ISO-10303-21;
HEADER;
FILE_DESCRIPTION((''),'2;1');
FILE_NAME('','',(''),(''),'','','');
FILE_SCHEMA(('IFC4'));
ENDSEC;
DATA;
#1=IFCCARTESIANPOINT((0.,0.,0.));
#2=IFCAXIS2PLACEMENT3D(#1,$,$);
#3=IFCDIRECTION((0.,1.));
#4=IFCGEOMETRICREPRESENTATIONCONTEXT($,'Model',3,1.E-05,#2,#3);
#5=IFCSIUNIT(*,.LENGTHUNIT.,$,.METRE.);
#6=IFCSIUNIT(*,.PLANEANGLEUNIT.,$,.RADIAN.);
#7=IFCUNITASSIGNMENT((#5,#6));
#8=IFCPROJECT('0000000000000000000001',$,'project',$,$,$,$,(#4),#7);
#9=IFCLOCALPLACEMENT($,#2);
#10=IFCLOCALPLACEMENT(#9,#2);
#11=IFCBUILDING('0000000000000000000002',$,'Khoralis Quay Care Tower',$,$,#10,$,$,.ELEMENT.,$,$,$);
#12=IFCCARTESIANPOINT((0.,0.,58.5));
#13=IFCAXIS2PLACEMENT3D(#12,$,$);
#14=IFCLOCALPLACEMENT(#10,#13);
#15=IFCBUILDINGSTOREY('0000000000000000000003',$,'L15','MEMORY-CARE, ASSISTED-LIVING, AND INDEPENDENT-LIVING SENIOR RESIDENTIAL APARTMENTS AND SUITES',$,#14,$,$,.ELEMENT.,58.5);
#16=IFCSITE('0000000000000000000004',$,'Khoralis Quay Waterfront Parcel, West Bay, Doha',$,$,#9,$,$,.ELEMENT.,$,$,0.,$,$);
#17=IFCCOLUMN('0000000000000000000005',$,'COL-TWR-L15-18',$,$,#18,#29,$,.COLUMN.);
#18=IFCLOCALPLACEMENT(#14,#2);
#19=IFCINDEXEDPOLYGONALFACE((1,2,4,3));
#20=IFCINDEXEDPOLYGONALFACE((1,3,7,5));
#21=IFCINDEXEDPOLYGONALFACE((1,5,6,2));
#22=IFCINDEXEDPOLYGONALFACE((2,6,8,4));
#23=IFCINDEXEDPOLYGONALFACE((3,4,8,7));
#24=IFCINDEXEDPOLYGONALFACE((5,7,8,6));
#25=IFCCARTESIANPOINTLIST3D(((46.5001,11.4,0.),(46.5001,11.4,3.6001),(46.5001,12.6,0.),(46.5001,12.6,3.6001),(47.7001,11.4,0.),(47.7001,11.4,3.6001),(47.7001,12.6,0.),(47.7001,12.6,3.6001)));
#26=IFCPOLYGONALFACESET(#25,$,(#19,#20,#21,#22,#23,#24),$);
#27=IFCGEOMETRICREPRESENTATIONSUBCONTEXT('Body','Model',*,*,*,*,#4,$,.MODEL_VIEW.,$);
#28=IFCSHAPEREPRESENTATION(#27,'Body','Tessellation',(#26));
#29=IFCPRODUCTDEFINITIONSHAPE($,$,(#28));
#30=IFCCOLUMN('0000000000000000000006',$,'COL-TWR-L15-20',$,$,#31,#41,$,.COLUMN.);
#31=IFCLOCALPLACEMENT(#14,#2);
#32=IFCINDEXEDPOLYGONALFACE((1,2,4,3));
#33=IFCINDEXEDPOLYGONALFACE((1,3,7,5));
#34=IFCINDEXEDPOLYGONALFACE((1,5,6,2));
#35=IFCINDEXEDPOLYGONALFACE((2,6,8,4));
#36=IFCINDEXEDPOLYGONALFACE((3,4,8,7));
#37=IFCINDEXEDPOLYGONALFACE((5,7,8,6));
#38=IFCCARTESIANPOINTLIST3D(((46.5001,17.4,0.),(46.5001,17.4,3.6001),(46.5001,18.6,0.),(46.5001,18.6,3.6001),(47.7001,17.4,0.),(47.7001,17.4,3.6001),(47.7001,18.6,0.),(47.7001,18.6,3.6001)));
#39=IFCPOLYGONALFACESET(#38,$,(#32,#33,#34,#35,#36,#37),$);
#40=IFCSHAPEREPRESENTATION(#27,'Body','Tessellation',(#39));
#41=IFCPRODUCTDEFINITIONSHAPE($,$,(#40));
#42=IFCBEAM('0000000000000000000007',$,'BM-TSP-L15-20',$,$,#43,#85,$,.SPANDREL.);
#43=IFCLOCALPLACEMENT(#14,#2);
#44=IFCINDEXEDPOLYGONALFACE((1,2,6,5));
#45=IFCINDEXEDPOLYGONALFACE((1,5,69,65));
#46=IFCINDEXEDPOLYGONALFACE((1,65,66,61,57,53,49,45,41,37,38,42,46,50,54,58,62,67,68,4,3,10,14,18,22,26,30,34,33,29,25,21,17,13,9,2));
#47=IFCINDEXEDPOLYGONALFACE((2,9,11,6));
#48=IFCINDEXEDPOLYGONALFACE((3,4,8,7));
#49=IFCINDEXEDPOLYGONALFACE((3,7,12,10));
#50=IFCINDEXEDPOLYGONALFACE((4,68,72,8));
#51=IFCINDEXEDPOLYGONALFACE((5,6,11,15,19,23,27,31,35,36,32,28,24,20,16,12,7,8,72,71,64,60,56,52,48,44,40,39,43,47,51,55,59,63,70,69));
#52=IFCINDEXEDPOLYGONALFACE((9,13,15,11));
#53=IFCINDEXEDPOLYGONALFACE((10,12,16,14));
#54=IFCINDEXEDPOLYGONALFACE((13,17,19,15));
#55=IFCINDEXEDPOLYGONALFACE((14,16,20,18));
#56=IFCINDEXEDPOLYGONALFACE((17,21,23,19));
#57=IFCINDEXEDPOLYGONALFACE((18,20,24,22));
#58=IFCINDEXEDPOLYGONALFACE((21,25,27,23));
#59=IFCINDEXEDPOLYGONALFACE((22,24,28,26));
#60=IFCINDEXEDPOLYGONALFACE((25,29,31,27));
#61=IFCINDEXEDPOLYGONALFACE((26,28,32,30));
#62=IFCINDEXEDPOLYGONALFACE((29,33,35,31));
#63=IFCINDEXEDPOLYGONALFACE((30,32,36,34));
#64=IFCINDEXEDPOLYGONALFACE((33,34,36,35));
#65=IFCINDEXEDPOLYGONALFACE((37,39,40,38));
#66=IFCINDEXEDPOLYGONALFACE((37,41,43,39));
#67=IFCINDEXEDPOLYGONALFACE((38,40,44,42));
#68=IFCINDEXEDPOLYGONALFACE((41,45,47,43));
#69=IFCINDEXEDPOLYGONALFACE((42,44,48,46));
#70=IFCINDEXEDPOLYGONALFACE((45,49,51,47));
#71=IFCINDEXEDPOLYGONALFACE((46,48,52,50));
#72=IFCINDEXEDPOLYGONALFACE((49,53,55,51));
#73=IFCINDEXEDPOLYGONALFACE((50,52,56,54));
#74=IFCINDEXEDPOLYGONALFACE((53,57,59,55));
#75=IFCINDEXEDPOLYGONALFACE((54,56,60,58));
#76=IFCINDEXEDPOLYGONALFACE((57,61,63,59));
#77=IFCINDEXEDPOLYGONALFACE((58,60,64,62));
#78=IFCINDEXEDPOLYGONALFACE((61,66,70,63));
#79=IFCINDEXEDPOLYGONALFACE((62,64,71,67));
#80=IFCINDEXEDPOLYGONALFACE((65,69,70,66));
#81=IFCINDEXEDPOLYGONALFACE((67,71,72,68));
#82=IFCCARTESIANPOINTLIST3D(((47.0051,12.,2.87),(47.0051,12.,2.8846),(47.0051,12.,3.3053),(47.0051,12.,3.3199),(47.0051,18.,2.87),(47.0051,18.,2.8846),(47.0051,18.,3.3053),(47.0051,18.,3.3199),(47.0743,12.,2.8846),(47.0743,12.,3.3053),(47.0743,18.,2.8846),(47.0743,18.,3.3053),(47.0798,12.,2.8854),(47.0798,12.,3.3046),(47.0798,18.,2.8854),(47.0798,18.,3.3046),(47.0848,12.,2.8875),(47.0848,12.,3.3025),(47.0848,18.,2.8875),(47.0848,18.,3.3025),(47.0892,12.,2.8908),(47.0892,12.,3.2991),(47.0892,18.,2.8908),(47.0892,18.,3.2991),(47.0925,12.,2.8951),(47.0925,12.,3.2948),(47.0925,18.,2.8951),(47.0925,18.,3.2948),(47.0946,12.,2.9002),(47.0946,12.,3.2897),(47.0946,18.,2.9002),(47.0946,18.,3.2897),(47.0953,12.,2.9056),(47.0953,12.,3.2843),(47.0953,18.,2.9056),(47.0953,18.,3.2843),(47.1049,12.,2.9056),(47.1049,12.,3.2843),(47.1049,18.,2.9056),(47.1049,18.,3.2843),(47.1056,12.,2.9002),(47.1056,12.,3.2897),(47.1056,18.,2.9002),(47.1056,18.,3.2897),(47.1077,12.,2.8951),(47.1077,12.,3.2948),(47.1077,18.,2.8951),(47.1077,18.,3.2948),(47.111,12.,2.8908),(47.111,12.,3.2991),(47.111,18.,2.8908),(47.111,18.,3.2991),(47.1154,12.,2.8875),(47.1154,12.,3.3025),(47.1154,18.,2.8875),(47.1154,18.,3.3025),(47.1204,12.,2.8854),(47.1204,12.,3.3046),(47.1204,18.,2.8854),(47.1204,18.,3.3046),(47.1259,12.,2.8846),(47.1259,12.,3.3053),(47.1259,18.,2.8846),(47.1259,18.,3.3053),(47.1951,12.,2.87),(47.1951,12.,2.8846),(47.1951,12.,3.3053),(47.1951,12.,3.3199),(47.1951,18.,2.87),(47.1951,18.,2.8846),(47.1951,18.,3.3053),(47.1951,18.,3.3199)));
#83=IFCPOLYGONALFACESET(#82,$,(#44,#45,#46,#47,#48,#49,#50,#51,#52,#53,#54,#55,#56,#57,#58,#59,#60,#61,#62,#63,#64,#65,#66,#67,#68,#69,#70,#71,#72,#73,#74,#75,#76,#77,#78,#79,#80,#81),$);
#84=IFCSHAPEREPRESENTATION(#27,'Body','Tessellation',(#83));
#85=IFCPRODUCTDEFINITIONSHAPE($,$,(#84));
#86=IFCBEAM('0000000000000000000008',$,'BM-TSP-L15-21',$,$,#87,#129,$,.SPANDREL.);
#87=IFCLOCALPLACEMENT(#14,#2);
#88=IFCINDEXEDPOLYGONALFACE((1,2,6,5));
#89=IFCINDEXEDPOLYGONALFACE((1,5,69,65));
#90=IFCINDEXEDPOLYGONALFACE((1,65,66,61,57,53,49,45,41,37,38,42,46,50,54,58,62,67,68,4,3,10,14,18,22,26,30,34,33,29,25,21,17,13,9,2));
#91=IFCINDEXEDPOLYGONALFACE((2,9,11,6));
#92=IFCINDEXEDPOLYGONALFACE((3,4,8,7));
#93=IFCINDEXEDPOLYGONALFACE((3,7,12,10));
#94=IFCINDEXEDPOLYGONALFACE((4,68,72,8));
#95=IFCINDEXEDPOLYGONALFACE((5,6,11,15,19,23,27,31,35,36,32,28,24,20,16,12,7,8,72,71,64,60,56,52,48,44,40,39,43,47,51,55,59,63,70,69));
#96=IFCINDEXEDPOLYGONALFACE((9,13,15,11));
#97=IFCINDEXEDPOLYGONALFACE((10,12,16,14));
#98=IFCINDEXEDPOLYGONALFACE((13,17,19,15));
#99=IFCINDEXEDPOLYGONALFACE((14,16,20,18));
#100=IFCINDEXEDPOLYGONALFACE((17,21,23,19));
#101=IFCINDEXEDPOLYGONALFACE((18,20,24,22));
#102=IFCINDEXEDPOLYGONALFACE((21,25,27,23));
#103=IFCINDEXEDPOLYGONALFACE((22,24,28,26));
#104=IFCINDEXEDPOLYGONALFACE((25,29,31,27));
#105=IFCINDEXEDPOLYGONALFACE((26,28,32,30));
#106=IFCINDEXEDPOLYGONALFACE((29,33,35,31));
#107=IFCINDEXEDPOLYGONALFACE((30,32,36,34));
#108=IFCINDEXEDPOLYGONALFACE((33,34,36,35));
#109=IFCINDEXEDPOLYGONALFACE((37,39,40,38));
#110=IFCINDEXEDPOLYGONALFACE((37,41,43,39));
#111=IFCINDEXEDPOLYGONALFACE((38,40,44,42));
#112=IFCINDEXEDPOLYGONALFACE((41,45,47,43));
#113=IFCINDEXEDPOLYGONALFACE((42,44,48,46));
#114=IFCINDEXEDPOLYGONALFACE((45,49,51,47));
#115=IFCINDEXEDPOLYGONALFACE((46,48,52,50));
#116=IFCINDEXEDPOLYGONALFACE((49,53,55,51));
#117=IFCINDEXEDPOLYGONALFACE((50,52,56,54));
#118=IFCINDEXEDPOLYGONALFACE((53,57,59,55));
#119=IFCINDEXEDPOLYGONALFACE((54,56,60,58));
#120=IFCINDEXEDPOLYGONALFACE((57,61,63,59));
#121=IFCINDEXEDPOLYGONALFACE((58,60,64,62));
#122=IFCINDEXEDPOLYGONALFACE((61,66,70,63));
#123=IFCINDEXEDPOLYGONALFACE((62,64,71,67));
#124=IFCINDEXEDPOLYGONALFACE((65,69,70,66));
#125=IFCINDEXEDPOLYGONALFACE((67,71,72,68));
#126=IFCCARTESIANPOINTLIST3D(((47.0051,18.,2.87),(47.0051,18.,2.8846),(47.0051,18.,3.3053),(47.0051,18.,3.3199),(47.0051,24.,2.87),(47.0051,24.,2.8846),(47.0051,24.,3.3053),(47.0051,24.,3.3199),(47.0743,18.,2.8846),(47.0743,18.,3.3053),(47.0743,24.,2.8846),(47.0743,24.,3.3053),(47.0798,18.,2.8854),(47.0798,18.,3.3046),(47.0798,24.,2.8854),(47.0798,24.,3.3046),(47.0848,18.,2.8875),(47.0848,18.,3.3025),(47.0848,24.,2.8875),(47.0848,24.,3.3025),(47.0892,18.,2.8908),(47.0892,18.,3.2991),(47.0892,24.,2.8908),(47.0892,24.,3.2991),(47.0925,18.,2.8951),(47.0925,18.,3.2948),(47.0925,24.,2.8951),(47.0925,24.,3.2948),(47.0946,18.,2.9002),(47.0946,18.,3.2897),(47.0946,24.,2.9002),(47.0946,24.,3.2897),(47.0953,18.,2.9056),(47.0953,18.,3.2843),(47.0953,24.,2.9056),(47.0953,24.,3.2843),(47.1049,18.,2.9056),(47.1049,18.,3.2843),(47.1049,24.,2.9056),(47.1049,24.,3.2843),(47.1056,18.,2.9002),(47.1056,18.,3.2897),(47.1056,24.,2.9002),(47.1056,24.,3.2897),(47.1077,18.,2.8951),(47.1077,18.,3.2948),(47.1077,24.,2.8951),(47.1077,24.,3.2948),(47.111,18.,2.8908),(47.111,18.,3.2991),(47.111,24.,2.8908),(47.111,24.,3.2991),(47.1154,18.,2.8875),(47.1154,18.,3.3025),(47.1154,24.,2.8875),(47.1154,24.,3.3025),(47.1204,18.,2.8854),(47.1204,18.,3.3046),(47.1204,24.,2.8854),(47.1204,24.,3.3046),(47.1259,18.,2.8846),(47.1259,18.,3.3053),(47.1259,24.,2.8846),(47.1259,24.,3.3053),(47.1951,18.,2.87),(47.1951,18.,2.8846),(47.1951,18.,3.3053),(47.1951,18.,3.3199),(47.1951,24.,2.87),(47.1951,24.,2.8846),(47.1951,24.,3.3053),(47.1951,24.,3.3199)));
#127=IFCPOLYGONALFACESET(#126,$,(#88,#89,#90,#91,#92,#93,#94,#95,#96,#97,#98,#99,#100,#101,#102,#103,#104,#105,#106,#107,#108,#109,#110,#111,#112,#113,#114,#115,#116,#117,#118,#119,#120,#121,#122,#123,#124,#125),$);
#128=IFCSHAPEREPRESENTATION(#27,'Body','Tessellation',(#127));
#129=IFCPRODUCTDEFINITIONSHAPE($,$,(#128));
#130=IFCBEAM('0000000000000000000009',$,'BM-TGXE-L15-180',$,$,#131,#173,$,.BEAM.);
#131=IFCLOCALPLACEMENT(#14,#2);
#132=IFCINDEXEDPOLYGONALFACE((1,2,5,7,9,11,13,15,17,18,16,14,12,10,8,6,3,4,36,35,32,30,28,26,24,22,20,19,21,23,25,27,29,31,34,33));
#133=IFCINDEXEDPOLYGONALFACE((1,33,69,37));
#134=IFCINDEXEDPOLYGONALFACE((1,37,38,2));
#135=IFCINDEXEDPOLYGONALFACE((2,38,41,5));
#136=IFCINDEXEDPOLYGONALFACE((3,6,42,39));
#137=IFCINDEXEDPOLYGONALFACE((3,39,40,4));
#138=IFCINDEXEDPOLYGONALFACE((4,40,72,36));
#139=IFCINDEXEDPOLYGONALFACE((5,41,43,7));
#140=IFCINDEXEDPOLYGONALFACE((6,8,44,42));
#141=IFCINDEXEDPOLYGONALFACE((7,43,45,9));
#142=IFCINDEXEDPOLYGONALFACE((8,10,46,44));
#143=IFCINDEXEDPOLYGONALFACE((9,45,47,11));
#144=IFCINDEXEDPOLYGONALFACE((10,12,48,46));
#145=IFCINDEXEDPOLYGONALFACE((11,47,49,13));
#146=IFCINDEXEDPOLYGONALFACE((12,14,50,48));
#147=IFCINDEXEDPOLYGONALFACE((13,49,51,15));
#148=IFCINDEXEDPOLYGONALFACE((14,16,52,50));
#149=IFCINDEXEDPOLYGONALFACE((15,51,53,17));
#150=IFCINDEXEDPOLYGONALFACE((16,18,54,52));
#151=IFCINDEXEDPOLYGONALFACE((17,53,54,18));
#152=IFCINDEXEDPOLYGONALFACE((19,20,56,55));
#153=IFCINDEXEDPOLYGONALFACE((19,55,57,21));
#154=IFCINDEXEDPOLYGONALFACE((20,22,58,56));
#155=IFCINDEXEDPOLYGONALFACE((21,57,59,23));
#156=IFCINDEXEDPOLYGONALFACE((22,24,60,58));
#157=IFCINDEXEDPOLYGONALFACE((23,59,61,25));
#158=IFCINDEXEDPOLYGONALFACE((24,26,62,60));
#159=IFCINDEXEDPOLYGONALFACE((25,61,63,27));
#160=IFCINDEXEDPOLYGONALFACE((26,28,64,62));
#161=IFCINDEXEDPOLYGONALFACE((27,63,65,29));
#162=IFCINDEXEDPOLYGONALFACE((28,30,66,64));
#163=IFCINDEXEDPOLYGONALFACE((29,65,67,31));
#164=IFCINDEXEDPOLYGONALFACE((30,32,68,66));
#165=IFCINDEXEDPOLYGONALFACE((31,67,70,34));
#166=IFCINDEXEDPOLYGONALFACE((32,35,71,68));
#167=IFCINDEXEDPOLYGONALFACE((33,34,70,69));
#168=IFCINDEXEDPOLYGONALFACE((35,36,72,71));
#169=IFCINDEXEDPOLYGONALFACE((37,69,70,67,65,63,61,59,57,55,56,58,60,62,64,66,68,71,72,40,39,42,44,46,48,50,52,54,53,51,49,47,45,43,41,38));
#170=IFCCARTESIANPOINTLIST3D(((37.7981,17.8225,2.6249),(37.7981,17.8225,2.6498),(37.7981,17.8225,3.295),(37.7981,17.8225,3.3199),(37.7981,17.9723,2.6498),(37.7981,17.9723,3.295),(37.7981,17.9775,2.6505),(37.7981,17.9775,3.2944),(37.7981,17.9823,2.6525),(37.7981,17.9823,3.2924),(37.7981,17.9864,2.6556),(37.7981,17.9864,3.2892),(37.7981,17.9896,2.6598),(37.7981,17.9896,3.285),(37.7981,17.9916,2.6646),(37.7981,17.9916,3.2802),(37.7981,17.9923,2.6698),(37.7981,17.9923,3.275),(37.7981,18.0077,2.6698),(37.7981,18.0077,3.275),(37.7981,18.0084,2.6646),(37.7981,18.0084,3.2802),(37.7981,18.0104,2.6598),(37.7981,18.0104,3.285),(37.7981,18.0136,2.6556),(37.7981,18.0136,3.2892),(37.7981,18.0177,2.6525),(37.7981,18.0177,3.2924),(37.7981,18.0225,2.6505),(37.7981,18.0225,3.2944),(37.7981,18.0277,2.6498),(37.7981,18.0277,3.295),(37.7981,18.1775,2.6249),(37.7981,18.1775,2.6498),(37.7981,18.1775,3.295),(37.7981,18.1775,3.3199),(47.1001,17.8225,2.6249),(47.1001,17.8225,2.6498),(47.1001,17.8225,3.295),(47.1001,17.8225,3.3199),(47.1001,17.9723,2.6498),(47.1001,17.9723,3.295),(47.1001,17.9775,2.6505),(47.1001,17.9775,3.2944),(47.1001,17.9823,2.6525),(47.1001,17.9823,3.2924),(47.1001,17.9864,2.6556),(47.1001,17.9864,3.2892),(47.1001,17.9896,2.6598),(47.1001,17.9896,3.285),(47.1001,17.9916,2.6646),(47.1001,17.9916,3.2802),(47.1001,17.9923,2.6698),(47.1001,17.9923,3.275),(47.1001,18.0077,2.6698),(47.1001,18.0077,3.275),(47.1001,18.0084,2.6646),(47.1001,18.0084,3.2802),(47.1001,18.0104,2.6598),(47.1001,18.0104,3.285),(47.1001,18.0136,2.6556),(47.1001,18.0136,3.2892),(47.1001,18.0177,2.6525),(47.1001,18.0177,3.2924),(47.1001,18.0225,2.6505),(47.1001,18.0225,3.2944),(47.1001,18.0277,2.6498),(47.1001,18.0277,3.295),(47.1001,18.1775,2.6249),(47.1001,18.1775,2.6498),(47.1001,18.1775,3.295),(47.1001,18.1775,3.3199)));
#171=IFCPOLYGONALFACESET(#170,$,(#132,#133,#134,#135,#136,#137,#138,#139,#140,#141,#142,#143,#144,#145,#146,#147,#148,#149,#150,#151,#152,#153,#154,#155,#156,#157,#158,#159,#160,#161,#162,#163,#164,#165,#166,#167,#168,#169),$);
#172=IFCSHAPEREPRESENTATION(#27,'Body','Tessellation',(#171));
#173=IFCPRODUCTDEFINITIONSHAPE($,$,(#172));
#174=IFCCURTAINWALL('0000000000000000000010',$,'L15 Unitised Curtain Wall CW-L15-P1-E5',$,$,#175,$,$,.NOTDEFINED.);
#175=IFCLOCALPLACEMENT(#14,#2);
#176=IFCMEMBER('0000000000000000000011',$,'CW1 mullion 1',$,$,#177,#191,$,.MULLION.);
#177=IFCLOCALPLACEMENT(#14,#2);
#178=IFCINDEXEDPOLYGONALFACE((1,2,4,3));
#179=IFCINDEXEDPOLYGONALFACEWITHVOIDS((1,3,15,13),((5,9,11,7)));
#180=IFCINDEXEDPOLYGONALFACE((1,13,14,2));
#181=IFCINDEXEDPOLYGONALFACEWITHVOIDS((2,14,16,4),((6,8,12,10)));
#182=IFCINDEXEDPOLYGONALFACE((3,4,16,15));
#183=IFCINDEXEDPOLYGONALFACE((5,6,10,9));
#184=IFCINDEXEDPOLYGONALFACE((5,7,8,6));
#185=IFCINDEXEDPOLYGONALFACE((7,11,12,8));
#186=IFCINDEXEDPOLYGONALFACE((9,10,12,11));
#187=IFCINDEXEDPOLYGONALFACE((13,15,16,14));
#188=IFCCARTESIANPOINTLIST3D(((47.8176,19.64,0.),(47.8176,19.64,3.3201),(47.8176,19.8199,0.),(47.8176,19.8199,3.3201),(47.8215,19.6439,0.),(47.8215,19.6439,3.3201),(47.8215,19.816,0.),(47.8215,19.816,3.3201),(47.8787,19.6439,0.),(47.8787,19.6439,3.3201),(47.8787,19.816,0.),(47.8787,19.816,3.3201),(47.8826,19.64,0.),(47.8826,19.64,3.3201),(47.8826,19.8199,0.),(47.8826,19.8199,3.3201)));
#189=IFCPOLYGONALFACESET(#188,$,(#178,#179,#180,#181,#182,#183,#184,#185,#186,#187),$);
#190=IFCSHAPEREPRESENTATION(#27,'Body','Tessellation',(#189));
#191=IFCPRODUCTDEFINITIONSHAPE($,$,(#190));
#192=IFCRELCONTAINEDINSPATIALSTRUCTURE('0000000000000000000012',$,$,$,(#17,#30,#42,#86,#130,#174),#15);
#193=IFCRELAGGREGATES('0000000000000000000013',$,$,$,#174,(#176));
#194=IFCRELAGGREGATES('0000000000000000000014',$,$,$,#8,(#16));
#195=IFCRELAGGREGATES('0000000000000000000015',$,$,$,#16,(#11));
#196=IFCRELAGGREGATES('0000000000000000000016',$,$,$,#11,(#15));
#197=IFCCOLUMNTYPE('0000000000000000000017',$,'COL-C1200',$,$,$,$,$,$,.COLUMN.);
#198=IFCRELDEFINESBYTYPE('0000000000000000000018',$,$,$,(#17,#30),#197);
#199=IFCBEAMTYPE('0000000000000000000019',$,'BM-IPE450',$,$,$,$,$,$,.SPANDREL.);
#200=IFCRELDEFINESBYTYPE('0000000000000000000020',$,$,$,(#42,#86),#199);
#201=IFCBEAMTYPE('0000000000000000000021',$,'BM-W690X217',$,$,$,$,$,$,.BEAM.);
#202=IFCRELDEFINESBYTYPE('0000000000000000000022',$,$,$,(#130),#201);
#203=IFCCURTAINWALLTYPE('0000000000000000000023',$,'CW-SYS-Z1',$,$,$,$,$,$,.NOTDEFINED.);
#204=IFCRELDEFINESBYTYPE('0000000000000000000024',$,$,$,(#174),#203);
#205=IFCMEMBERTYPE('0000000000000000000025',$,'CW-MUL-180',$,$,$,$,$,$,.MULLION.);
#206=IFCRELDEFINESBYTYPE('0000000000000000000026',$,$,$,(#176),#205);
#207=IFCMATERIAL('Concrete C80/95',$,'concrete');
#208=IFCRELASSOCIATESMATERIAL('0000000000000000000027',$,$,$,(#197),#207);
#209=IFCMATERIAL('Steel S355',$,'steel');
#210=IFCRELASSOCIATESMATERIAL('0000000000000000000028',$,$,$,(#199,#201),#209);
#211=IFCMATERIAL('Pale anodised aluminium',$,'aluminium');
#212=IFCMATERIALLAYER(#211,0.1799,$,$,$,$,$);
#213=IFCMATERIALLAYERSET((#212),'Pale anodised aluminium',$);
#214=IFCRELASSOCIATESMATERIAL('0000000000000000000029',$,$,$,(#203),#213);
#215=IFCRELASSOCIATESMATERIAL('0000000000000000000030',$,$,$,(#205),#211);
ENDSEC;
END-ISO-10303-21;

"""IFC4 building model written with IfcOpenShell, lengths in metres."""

from ifc_helpers import new_model, si_unit, direction, frame, origin, origin_2d, place, context, subcontext, project, spatial, rectangle, hollow_rectangle, i_section, extrude, source, transform, mapped, material, layer, layer_set, material_profile, profile_set, type_object, element, aggregate, save


model = new_model("IFC4")

# Units and contexts
model_context = context("Model", 3, precision=1e-05, world=origin(), true_north=direction((0.0, 1.0)))
body_context = subcontext(model_context, "Body", "Model", "MODEL_VIEW")
ifc_project = project(units=[si_unit("LENGTHUNIT", "METRE"), si_unit("PLANEANGLEUNIT", "RADIAN")], contexts=[model_context])

# Site, building, storey
site_placement = place(None, origin())
site = spatial("IfcSite", under=ifc_project, at=site_placement, Name="Khoralis Quay Waterfront Parcel, West Bay, Doha", CompositionType="ELEMENT", RefElevation=0.0)
building_placement = place(site_placement, origin())
building = spatial("IfcBuilding", under=site, at=building_placement, Name="Khoralis Quay Care Tower", CompositionType="ELEMENT")
storey_placement = place(building_placement, frame((0.0, 0.0, 58.5)))
storey = spatial("IfcBuildingStorey", under=building, at=storey_placement, Name="L15", Description="MEMORY-CARE, ASSISTED-LIVING, AND INDEPENDENT-LIVING SENIOR RESIDENTIAL APARTMENTS AND SUITES", CompositionType="ELEMENT", Elevation=58.5)

# Columns
ifc_material_1 = material(Name="Concrete C80/95", Category="concrete")
ifc_material_profile_1 = material_profile(ifc_material_1, rectangle(XDim=1.2, YDim=1.2, at=origin_2d()), Name="Concrete C80/95")
ifc_profile_set_1 = profile_set([ifc_material_profile_1], Name="Concrete C80/95")
column_type = type_object("IfcColumnType", Name="COL-C1200", PredefinedType="COLUMN", material=ifc_profile_set_1)
shared_shape_1 = source(origin(), body_context, "Body", "SweptSolid", [
    extrude(rectangle(XDim=1.2, YDim=1.2, at=origin_2d()), origin(), (0.0, 0.0, 1.0), 3.6001),
])
for number, where, z_axis, x_axis, name in (
    (1, (47.1001, 12.0, 0.0), (0.0, 0.0, 1.0), (1.0, 0.0, 0.0), "COL-TWR-L15-18"),
    (2, (47.1001, 18.0, 0.0), (0.0, 0.0, 1.0), (1.0, 0.0, 0.0), "COL-TWR-L15-20"),
):
    element("IfcColumn", number, at=place(storey_placement, frame(where, z_axis=z_axis, x_axis=x_axis)), inside=storey, type_object=column_type, Name=name, PredefinedType="COLUMN", context=body_context, shape_type="MappedRepresentation", body=[
        mapped(shared_shape_1, transform((0.0, 0.0, 0.0), scale=1.0)),
    ])

# Beams
ifc_material_2 = material(Name="Steel S355", Category="steel")
ifc_material_profile_2 = material_profile(ifc_material_2, i_section(OverallWidth=0.1899, OverallDepth=0.45, WebThickness=0.0095, FlangeThickness=0.0146, FilletRadius=0.021, at=origin_2d()), Name="Steel S355")
ifc_profile_set_2 = profile_set([ifc_material_profile_2], Name="Steel S355")
beam_type_1 = type_object("IfcBeamType", Name="BM-IPE450", PredefinedType="SPANDREL", material=ifc_profile_set_2)
shared_shape_2 = source(origin(), body_context, "Body", "SweptSolid", [
    extrude(i_section(OverallWidth=0.1899, OverallDepth=0.45, WebThickness=0.0095, FlangeThickness=0.0146, FilletRadius=0.021, at=origin_2d()), origin(), (0.0, 0.0, 1.0), 6.0),
])
for number, where, z_axis, x_axis, name in (
    (3, (47.1001, 12.0, 3.095), (0.0, 1.0, 0.0), (-1.0, 0.0, 0.0), "BM-TSP-L15-20"),
    (4, (47.1001, 18.0, 3.095), (0.0, 1.0, 0.0), (-1.0, 0.0, 0.0), "BM-TSP-L15-21"),
):
    element("IfcBeam", number, at=place(storey_placement, frame(where, z_axis=z_axis, x_axis=x_axis)), inside=storey, type_object=beam_type_1, Name=name, PredefinedType="SPANDREL", context=body_context, shape_type="MappedRepresentation", body=[
        mapped(shared_shape_2, transform((0.0, 0.0, 0.0), scale=1.0)),
    ])
ifc_material_profile_3 = material_profile(ifc_material_2, i_section(OverallWidth=0.355, OverallDepth=0.6951, WebThickness=0.0154, FlangeThickness=0.0249, FilletRadius=0.02, at=origin_2d()), Name="Steel S355")
ifc_profile_set_3 = profile_set([ifc_material_profile_3], Name="Steel S355")
beam_type_2 = type_object("IfcBeamType", Name="BM-W690X217", PredefinedType="BEAM", material=ifc_profile_set_3)
shared_shape_3 = source(origin(), body_context, "Body", "SweptSolid", [
    extrude(i_section(OverallWidth=0.355, OverallDepth=0.6951, WebThickness=0.0154, FlangeThickness=0.0249, FilletRadius=0.02, at=origin_2d()), origin(), (0.0, 0.0, 1.0), 9.302),
])
beam_placement = place(storey_placement, frame((37.7981, 18.0, 2.9724), z_axis=(1.0, 0.0, 0.0), x_axis=(0.0, 1.0, 0.0)))
element("IfcBeam", 5, at=beam_placement, inside=storey, type_object=beam_type_2, Name="BM-TGXE-L15-180", PredefinedType="BEAM", context=body_context, shape_type="MappedRepresentation", body=[
    mapped(shared_shape_3, transform((0.0, 0.0, 0.0), scale=1.0)),
])

# Curtain wall, member
ifc_material_3 = material(Name="Pale anodised aluminium", Category="aluminium")
ifc_layer_1 = layer(ifc_material_3, 0.1799)
ifc_layer_set_1 = layer_set([ifc_layer_1], Name="Pale anodised aluminium")
curtain_wall_type = type_object("IfcCurtainWallType", Name="CW-SYS-Z1", PredefinedType="NOTDEFINED", material=ifc_layer_set_1)
curtain_wall_placement = place(storey_placement, origin())
curtain_wall = element("IfcCurtainWall", 6, at=curtain_wall_placement, inside=storey, type_object=curtain_wall_type, Name="L15 Unitised Curtain Wall CW-L15-P1-E5", PredefinedType="NOTDEFINED")
ifc_material_profile_4 = material_profile(ifc_material_3, hollow_rectangle(XDim=0.0649, YDim=0.1799, WallThickness=0.0039, at=origin_2d()), Name="Pale anodised aluminium")
ifc_profile_set_4 = profile_set([ifc_material_profile_4], Name="Pale anodised aluminium")
member_type_1 = type_object("IfcMemberType", Name="CW-MUL-180", PredefinedType="MULLION", material=ifc_profile_set_4)
shared_shape_4 = source(origin(), body_context, "Body", "SweptSolid", [
    extrude(hollow_rectangle(XDim=0.0649, YDim=0.1799, WallThickness=0.0039, at=origin_2d()), origin(), (0.0, 0.0, 1.0), 3.3201),
])
member_1_placement = place(storey_placement, frame((47.8501, 19.73, 0.0), z_axis=(0.0, 0.0, 1.0), x_axis=(-1.0, 0.0, 0.0)))
member_1 = element("IfcMember", 7, at=member_1_placement, type_object=member_type_1, Name="CW1 mullion 1", PredefinedType="MULLION", context=body_context, shape_type="MappedRepresentation", body=[
    mapped(shared_shape_4, transform((0.0, 0.0, 0.0), scale=1.0)),
])
aggregate(curtain_wall, [member_1])

save(model, "model.ifc")
